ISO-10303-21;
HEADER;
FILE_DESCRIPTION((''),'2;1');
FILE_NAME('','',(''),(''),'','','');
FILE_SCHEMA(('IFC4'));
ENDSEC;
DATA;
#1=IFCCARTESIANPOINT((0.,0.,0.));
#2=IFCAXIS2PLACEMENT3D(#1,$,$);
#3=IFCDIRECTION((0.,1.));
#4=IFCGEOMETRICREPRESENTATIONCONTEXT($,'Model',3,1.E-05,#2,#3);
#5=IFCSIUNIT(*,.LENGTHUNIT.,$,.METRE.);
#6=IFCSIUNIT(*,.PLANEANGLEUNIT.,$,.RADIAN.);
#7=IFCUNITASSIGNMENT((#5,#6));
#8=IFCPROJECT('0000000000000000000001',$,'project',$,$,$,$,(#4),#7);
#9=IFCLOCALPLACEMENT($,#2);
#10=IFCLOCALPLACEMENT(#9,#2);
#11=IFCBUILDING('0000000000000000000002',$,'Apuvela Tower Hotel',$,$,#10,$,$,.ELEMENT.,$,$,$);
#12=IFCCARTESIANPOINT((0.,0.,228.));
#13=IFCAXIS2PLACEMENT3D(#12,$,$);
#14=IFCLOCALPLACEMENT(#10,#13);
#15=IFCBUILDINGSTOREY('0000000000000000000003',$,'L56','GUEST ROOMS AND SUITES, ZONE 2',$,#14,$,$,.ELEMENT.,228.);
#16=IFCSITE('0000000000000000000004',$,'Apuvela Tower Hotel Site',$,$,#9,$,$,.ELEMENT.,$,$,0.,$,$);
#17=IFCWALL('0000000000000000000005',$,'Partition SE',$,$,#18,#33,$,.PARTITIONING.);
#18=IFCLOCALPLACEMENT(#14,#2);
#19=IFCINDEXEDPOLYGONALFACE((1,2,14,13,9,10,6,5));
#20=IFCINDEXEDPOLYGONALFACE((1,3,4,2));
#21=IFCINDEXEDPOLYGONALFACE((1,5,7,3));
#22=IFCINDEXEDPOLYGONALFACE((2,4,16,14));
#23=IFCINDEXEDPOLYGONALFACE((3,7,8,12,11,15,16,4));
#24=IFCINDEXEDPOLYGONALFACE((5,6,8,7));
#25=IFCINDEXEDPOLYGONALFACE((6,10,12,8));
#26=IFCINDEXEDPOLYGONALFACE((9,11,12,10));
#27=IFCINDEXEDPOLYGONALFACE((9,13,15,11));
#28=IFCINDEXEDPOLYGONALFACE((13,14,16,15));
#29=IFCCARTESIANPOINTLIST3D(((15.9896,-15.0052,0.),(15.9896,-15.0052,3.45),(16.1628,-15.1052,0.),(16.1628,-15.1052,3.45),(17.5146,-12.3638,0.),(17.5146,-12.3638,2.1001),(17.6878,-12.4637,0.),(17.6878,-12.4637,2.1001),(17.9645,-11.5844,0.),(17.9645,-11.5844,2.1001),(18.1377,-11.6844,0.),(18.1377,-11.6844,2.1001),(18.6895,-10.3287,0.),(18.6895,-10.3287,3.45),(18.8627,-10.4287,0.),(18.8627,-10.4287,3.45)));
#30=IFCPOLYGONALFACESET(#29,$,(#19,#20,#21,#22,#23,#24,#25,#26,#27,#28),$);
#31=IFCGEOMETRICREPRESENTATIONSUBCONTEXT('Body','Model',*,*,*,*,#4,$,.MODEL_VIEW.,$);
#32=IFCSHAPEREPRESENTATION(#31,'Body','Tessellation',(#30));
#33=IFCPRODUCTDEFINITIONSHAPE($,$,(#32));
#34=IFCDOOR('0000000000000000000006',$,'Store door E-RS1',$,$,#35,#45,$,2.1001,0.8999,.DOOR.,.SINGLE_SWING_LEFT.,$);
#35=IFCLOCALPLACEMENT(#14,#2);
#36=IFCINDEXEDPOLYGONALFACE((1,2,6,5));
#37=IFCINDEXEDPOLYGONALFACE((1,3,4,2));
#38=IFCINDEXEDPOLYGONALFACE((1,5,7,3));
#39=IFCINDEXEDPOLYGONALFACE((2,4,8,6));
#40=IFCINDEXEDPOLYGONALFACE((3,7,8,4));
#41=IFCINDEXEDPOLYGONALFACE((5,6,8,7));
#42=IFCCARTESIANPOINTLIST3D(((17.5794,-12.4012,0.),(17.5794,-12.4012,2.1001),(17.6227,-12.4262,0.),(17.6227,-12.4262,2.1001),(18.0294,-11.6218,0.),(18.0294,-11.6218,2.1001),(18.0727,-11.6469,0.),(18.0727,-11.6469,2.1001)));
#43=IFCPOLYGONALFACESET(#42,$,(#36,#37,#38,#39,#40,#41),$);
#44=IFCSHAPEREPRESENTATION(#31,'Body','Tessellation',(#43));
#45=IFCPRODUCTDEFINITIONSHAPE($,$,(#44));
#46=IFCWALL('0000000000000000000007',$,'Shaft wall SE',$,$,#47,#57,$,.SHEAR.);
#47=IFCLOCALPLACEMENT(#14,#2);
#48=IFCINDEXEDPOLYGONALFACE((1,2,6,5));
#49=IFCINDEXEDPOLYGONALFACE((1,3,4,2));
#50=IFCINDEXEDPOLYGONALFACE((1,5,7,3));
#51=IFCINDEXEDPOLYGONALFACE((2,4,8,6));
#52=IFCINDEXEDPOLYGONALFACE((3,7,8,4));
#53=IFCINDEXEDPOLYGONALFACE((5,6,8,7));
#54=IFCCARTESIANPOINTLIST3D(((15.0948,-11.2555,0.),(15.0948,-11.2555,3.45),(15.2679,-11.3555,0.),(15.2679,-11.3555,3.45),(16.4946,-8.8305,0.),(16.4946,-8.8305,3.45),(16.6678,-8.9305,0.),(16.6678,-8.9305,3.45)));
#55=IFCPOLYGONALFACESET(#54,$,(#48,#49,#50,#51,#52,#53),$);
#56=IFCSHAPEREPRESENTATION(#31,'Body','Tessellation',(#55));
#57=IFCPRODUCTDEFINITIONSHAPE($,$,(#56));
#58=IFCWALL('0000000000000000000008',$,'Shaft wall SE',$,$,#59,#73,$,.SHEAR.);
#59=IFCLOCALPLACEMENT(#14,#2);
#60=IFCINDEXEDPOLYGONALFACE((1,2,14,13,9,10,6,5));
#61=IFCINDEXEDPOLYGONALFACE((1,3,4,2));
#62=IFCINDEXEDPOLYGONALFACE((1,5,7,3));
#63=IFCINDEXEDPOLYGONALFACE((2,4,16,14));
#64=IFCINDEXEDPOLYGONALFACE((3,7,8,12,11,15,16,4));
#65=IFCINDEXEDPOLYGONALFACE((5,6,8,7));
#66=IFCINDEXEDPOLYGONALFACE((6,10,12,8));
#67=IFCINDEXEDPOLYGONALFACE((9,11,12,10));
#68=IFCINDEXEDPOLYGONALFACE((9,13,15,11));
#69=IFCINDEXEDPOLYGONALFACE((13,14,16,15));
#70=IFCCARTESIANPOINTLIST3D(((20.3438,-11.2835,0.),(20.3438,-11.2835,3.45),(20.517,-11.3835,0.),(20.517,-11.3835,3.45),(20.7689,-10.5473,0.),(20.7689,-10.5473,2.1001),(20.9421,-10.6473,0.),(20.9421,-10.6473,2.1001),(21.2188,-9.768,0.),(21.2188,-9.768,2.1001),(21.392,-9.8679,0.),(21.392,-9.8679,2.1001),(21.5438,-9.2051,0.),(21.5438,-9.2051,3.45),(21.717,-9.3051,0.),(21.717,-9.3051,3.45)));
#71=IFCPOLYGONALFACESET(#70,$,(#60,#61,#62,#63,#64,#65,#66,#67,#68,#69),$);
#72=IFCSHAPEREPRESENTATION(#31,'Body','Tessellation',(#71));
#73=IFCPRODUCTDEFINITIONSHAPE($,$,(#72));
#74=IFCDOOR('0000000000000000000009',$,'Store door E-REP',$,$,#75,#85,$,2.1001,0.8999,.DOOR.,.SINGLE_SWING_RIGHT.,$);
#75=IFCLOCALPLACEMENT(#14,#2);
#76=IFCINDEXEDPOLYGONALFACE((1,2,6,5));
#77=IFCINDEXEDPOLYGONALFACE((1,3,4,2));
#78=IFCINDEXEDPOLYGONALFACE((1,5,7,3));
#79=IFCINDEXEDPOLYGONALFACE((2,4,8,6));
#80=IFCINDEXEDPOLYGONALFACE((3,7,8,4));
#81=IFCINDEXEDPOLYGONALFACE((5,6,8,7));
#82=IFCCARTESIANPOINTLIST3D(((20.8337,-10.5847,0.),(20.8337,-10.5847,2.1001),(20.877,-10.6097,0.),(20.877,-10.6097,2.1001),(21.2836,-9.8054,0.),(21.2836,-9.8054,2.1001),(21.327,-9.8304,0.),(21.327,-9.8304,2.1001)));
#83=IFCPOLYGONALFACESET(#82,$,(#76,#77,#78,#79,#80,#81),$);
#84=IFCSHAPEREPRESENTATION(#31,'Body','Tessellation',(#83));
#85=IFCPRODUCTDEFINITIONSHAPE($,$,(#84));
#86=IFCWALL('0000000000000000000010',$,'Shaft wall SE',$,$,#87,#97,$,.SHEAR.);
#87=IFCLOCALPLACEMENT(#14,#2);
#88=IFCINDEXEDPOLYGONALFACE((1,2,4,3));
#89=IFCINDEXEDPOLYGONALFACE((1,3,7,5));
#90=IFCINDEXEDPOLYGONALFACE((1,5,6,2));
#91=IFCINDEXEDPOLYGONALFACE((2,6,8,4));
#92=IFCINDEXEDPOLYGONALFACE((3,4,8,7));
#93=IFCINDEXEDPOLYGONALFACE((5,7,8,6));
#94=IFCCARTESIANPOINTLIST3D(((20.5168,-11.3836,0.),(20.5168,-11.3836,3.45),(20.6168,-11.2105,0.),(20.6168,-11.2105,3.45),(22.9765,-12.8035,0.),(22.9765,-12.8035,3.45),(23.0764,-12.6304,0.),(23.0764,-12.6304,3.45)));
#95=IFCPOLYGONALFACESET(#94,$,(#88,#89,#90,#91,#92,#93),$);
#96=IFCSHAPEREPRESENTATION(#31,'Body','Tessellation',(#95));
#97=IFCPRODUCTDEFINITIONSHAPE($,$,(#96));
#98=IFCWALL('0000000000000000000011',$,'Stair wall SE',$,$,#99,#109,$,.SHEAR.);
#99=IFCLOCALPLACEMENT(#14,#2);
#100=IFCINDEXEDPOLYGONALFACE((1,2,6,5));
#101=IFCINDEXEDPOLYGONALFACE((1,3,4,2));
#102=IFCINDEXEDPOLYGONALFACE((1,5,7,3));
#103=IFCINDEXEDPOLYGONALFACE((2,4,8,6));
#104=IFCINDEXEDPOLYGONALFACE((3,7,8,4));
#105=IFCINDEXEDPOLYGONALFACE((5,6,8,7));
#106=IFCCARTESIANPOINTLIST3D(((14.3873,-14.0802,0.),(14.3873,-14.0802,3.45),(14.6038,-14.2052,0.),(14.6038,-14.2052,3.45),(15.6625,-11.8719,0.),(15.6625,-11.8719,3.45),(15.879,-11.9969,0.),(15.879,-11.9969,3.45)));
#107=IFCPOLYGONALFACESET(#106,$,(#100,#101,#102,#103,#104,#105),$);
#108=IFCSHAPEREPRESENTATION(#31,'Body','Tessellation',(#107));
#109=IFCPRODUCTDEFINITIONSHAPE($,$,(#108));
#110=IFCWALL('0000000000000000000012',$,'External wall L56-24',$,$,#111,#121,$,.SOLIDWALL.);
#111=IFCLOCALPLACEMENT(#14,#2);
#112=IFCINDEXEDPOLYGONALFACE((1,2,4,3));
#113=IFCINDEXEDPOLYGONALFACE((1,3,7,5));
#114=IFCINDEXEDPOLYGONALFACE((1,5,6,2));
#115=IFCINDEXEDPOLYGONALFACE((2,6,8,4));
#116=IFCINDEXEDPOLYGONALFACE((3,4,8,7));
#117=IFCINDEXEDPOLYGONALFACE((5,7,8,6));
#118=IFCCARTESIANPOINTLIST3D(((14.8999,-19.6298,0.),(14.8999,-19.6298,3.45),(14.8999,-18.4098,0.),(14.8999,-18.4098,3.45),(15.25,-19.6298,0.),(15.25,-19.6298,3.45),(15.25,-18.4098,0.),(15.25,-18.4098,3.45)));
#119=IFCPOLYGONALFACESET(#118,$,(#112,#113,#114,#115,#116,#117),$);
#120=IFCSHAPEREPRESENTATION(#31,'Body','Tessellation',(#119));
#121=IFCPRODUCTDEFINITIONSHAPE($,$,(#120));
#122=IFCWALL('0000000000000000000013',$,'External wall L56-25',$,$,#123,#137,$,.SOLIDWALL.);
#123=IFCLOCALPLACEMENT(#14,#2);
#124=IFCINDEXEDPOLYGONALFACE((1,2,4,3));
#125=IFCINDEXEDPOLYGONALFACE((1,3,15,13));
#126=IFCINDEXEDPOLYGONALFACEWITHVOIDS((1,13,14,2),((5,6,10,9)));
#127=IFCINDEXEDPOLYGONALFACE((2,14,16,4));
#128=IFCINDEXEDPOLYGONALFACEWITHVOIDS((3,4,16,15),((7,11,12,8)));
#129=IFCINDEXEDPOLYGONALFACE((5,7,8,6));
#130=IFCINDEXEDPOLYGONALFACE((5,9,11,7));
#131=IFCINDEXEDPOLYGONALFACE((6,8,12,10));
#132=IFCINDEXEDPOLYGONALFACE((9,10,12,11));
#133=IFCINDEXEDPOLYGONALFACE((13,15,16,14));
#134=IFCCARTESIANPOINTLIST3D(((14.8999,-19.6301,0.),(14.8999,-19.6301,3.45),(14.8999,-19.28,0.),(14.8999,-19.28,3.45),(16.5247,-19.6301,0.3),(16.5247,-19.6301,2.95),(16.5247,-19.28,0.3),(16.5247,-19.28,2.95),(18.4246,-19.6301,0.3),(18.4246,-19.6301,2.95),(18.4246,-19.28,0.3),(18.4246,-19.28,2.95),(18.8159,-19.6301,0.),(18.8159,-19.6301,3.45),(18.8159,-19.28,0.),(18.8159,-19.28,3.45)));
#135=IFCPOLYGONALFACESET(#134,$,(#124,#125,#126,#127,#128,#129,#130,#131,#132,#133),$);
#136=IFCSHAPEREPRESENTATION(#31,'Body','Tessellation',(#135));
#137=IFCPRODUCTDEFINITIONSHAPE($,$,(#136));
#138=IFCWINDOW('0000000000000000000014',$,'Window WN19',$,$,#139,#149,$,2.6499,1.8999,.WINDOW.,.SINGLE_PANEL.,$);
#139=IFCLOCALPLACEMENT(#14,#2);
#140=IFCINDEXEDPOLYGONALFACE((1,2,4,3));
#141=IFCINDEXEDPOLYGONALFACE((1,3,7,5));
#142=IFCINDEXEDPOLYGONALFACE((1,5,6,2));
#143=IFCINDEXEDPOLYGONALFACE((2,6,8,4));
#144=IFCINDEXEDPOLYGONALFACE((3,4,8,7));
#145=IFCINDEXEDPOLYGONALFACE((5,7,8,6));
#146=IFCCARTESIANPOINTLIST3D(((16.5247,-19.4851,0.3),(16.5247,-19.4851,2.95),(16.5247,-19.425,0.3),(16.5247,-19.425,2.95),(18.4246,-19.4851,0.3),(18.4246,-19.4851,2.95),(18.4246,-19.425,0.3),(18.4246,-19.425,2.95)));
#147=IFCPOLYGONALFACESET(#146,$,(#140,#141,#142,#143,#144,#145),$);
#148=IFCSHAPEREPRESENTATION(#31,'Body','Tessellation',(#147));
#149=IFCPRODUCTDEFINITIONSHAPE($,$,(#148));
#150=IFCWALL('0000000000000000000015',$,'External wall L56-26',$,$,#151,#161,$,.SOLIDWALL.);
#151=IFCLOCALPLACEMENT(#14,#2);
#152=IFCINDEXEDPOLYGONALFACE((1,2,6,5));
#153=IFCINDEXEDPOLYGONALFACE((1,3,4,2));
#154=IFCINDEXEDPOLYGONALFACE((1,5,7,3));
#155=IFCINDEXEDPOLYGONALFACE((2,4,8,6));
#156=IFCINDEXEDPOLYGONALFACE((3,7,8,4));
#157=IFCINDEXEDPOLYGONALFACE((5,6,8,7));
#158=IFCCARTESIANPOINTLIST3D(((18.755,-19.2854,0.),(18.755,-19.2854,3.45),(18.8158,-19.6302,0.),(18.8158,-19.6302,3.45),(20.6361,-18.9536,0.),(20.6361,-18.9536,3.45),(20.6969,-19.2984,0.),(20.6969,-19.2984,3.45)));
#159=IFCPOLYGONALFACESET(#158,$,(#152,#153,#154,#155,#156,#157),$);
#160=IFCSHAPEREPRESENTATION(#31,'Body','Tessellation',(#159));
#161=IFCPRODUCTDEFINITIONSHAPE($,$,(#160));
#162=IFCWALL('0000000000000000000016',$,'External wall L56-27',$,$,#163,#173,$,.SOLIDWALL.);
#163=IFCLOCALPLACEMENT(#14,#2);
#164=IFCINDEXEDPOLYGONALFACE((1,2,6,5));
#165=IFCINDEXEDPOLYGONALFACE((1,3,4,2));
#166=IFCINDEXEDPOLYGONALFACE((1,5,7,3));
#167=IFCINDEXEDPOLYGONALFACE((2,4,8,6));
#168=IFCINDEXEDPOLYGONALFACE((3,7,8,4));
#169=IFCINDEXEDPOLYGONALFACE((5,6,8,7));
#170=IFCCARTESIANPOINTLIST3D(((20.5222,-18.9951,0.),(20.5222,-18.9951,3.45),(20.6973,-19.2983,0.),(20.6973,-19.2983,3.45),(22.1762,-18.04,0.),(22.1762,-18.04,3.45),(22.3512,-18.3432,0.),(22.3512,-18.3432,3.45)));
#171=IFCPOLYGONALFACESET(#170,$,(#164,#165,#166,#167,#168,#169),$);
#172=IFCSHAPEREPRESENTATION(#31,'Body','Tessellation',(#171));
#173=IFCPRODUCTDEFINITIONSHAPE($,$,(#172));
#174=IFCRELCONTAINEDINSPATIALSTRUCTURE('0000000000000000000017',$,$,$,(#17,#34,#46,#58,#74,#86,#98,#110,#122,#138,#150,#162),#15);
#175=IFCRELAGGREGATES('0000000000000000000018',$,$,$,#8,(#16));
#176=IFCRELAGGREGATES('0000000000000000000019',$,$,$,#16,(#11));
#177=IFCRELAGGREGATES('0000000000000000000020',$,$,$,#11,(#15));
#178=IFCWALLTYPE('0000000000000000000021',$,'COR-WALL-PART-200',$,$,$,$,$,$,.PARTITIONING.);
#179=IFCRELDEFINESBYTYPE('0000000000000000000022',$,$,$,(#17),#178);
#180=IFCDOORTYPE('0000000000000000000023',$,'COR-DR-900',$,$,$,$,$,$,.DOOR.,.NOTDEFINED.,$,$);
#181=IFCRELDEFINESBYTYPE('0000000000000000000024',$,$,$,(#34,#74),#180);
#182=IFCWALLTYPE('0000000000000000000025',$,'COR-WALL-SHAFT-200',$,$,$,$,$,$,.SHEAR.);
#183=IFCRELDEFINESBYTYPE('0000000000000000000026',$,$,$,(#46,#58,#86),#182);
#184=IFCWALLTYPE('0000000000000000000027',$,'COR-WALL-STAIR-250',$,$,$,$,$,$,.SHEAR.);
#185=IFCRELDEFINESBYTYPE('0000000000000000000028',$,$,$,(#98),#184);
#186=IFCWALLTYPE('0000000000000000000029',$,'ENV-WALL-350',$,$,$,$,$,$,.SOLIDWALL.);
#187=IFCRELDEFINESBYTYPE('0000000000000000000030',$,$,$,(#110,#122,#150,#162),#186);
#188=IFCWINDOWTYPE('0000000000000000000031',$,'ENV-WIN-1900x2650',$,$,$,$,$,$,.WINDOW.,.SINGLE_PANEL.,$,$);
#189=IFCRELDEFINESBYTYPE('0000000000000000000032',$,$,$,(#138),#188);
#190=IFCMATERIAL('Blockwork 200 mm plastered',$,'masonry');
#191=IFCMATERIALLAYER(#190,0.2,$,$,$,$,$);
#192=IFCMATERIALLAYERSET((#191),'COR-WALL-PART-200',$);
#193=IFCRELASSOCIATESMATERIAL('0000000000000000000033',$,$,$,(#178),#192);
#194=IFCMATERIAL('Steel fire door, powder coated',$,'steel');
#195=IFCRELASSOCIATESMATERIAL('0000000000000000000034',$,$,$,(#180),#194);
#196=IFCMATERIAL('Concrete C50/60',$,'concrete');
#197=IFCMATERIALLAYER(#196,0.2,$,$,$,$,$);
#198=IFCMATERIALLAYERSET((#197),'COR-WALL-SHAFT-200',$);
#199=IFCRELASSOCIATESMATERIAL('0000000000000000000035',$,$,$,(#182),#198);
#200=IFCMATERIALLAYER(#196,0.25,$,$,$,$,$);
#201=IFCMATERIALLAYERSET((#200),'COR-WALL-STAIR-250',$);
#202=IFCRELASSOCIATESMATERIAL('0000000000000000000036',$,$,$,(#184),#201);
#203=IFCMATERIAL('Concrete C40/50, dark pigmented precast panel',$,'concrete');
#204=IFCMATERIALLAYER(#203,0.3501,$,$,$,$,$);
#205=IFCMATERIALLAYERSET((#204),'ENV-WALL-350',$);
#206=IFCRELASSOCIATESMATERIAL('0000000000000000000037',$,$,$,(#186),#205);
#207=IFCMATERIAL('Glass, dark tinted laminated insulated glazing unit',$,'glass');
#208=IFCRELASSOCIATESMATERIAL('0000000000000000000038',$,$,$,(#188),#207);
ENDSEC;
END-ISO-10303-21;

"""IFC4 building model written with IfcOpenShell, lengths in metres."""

from ifc_helpers import new_model, si_unit, direction, frame, frame_2d, origin, place, context, subcontext, project, spatial, rectangle, extrude, material, layer, layer_set, type_object, element, fill, save


model = new_model("IFC4")

# Units and contexts
model_context = context("Model", 3, precision=1e-05, world=origin(), true_north=direction((0.0, 1.0)))
body_context = subcontext(model_context, "Body", "Model", "MODEL_VIEW")
ifc_project = project(units=[si_unit("LENGTHUNIT", "METRE"), si_unit("PLANEANGLEUNIT", "RADIAN")], contexts=[model_context])

# Site, building, storey
site_placement = place(None, origin())
site = spatial("IfcSite", under=ifc_project, at=site_placement, Name="Apuvela Tower Hotel Site", CompositionType="ELEMENT", RefElevation=0.0)
building_placement = place(site_placement, origin())
building = spatial("IfcBuilding", under=site, at=building_placement, Name="Apuvela Tower Hotel", CompositionType="ELEMENT")
storey_placement = place(building_placement, frame((0.0, 0.0, 228.0)))
storey = spatial("IfcBuildingStorey", under=building, at=storey_placement, Name="L56", Description="GUEST ROOMS AND SUITES, ZONE 2", CompositionType="ELEMENT", Elevation=228.0)

# Wall, opening, door
ifc_material_1 = material(Name="Blockwork 200 mm plastered", Category="masonry")
ifc_layer_1 = layer(ifc_material_1, 0.2)
ifc_layer_set_1 = layer_set([ifc_layer_1], Name="COR-WALL-PART-200")
wall_type_1 = type_object("IfcWallType", Name="COR-WALL-PART-200", PredefinedType="PARTITIONING", material=ifc_layer_set_1)
wall_1_placement = place(storey_placement, frame((16.0762, -15.0552, 0.0), z_axis=(0.0, 0.0, 1.0), x_axis=(0.499995, 0.866028, 0.0)))
wall_1 = element("IfcWall", 1, at=wall_1_placement, inside=storey, type_object=wall_type_1, Name="Partition SE", PredefinedType="PARTITIONING", context=body_context, shape_type="SweptSolid", body=[
    extrude(rectangle(XDim=5.3999, YDim=0.2, at=frame_2d((2.7, 0.0))), origin(), (0.0, 0.0, 1.0), 3.45),
])
opening_1_placement = place(wall_1_placement, frame((3.05, 0.0, 0.0)))
opening_1 = element("IfcOpeningElement", 2, at=opening_1_placement, cuts=wall_1, PredefinedType="OPENING", context=body_context, shape_type="SweptSolid", body=[
    extrude(rectangle(XDim=0.8999, YDim=2.1001, at=frame_2d((0.45, 1.05))), frame((0.0, 0.1099, 0.0), z_axis=(0.0, -1.0, 0.0), x_axis=(1.0, 0.0, 0.0)), (0.0, 0.0, 1.0), 0.22),
])
ifc_material_2 = material(Name="Steel fire door, powder coated", Category="steel")
door_type_1 = type_object("IfcDoorType", Name="COR-DR-900", OperationType="NOTDEFINED", PredefinedType="DOOR", material=ifc_material_2)
door_1_placement = place(opening_1_placement, frame((0.8999, 0.0, 0.0), z_axis=(0.0, 0.0, 1.0), x_axis=(-1.0, 0.0, 0.0)))
door_1 = element("IfcDoor", 3, at=door_1_placement, inside=storey, type_object=door_type_1, Name="Store door E-RS1", OperationType="SINGLE_SWING_LEFT", OverallHeight=2.1001, OverallWidth=0.8999, PredefinedType="DOOR", context=body_context, shape_type="SweptSolid", body=[
    extrude(rectangle(XDim=0.8999, YDim=2.1001, at=frame_2d((0.45, 1.05))), frame((0.0, 0.0249, 0.0), z_axis=(0.0, -1.0, 0.0), x_axis=(1.0, 0.0, 0.0)), (0.0, 0.0, 1.0), 0.05),
])
fill(opening_1, door_1)

# Wall
ifc_material_3 = material(Name="Concrete C50/60", Category="concrete")
ifc_layer_2 = layer(ifc_material_3, 0.2)
ifc_layer_set_2 = layer_set([ifc_layer_2], Name="COR-WALL-SHAFT-200")
wall_type_2 = type_object("IfcWallType", Name="COR-WALL-SHAFT-200", PredefinedType="SHEAR", material=ifc_layer_set_2)
wall_2_placement = place(storey_placement, frame((15.1814, -11.3054, 0.0), z_axis=(0.0, 0.0, 1.0), x_axis=(0.499946, 0.866056, 0.0)))
element("IfcWall", 4, at=wall_2_placement, inside=storey, type_object=wall_type_2, Name="Shaft wall SE", PredefinedType="SHEAR", context=body_context, shape_type="SweptSolid", body=[
    extrude(rectangle(XDim=2.8, YDim=0.2, at=frame_2d((1.3999, 0.0))), origin(), (0.0, 0.0, 1.0), 3.45),
])

# Wall, opening, door
wall_3_placement = place(storey_placement, frame((20.4304, -11.3335, 0.0), z_axis=(0.0, 0.0, 1.0), x_axis=(0.500001, 0.866025, 0.0)))
wall_3 = element("IfcWall", 5, at=wall_3_placement, inside=storey, type_object=wall_type_2, Name="Shaft wall SE", PredefinedType="SHEAR", context=body_context, shape_type="SweptSolid", body=[
    extrude(rectangle(XDim=2.3999, YDim=0.2, at=frame_2d((1.2, 0.0))), origin(), (0.0, 0.0, 1.0), 3.45),
])
opening_2_placement = place(wall_3_placement, frame((0.8501, 0.0, 0.0)))
opening_2 = element("IfcOpeningElement", 6, at=opening_2_placement, cuts=wall_3, PredefinedType="OPENING", context=body_context, shape_type="SweptSolid", body=[
    extrude(rectangle(XDim=0.8999, YDim=2.1001, at=frame_2d((0.45, 1.05))), frame((0.0, 0.1099, 0.0), z_axis=(0.0, -1.0, 0.0), x_axis=(1.0, 0.0, 0.0)), (0.0, 0.0, 1.0), 0.22),
])
door_2_placement = place(opening_2_placement, frame((0.8999, 0.0, 0.0), z_axis=(0.0, 0.0, 1.0), x_axis=(-1.0, 0.0, 0.0)))
door_2 = element("IfcDoor", 7, at=door_2_placement, inside=storey, type_object=door_type_1, Name="Store door E-REP", OperationType="SINGLE_SWING_RIGHT", OverallHeight=2.1001, OverallWidth=0.8999, PredefinedType="DOOR", context=body_context, shape_type="SweptSolid", body=[
    extrude(rectangle(XDim=0.8999, YDim=2.1001, at=frame_2d((0.45, 1.05))), frame((0.0, 0.0249, 0.0), z_axis=(0.0, -1.0, 0.0), x_axis=(1.0, 0.0, 0.0)), (0.0, 0.0, 1.0), 0.05),
])
fill(opening_2, door_2)

# Walls
wall_4_placement = place(storey_placement, frame((20.5669, -11.2971, 0.0), z_axis=(0.0, 0.0, 1.0), x_axis=(0.866055, -0.499948, 0.0)))
element("IfcWall", 8, at=wall_4_placement, inside=storey, type_object=wall_type_2, Name="Shaft wall SE", PredefinedType="SHEAR", context=body_context, shape_type="SweptSolid", body=[
    extrude(rectangle(XDim=2.8401, YDim=0.2, at=frame_2d((1.4199, 0.0))), origin(), (0.0, 0.0, 1.0), 3.45),
])
ifc_layer_3 = layer(ifc_material_3, 0.25)
ifc_layer_set_3 = layer_set([ifc_layer_3], Name="COR-WALL-STAIR-250")
wall_type_3 = type_object("IfcWallType", Name="COR-WALL-STAIR-250", PredefinedType="SHEAR", material=ifc_layer_set_3)
wall_5_placement = place(storey_placement, frame((14.4956, -14.1426, 0.0), z_axis=(0.0, 0.0, 1.0), x_axis=(0.500062, 0.865989, 0.0)))
element("IfcWall", 9, at=wall_5_placement, inside=storey, type_object=wall_type_3, Name="Stair wall SE", PredefinedType="SHEAR", context=body_context, shape_type="SweptSolid", body=[
    extrude(rectangle(XDim=2.55, YDim=0.25, at=frame_2d((1.2749, 0.0))), origin(), (0.0, 0.0, 1.0), 3.45),
])
ifc_material_4 = material(Name="Concrete C40/50, dark pigmented precast panel", Category="concrete")
ifc_layer_4 = layer(ifc_material_4, 0.3501)
ifc_layer_set_4 = layer_set([ifc_layer_4], Name="ENV-WALL-350")
wall_type_4 = type_object("IfcWallType", Name="ENV-WALL-350", PredefinedType="SOLIDWALL", material=ifc_layer_set_4)
wall_6_placement = place(storey_placement, frame((15.075, -18.4099, 0.0), z_axis=(0.0, 0.0, 1.0), x_axis=(0.0, -1.0, 0.0)))
element("IfcWall", 10, at=wall_6_placement, inside=storey, type_object=wall_type_4, Name="External wall L56-24", PredefinedType="SOLIDWALL", context=body_context, shape_type="SweptSolid", body=[
    extrude(rectangle(XDim=1.22, YDim=0.3501, at=frame_2d((0.6099, 0.0))), origin(), (0.0, 0.0, 1.0), 3.45),
])

# Wall, opening, window
wall_7_placement = place(storey_placement, frame((14.8999, -19.4551, 0.0), z_axis=(0.0, 0.0, 1.0), x_axis=(1.0, 0.0, 0.0)))
wall_7 = element("IfcWall", 11, at=wall_7_placement, inside=storey, type_object=wall_type_4, Name="External wall L56-25", PredefinedType="SOLIDWALL", context=body_context, shape_type="SweptSolid", body=[
    extrude(rectangle(XDim=3.916, YDim=0.3501, at=frame_2d((1.958, 0.0))), origin(), (0.0, 0.0, 1.0), 3.45),
])
opening_3_placement = place(wall_7_placement, frame((1.6248, 0.0, 0.3)))
opening_3 = element("IfcOpeningElement", 12, at=opening_3_placement, cuts=wall_7, PredefinedType="OPENING", context=body_context, shape_type="SweptSolid", body=[
    extrude(rectangle(XDim=1.8999, YDim=2.6499, at=frame_2d((0.95, 1.325))), frame((0.0, 0.1851, 0.0), z_axis=(0.0, -1.0, 0.0), x_axis=(1.0, 0.0, 0.0)), (0.0, 0.0, 1.0), 0.3701),
])
ifc_material_5 = material(Name="Glass, dark tinted laminated insulated glazing unit", Category="glass")
window_type = type_object("IfcWindowType", Name="ENV-WIN-1900x2650", PartitioningType="SINGLE_PANEL", PredefinedType="WINDOW", material=ifc_material_5)
window_placement = place(opening_3_placement, origin())
window = element("IfcWindow", 13, at=window_placement, inside=storey, type_object=window_type, Name="Window WN19", OverallHeight=2.6499, OverallWidth=1.8999, PartitioningType="SINGLE_PANEL", PredefinedType="WINDOW", context=body_context, shape_type="SweptSolid", body=[
    extrude(rectangle(XDim=1.8999, YDim=2.6499, at=frame_2d((0.95, 1.325))), frame((0.0, 0.03, 0.0), z_axis=(0.0, -1.0, 0.0), x_axis=(1.0, 0.0, 0.0)), (0.0, 0.0, 1.0), 0.0601),
])
fill(opening_3, window)

# Walls
wall_8_placement = place(storey_placement, frame((18.7854, -19.4578, 0.0), z_axis=(0.0, 0.0, 1.0), x_axis=(0.984799, 0.173698, 0.0)))
element("IfcWall", 14, at=wall_8_placement, inside=storey, type_object=wall_type_4, Name="External wall L56-26", PredefinedType="SOLIDWALL", context=body_context, shape_type="SweptSolid", body=[
    extrude(rectangle(XDim=1.9102, YDim=0.3501, at=frame_2d((0.9551, 0.0))), origin(), (0.0, 0.0, 1.0), 3.45),
])
for number, where, z_axis, x_axis, name in (
    (15, (20.6096, -19.1467, 0.0), (0.0, 0.0, 1.0), (0.866, 0.500043, 0.0), "External wall L56-27"),
):
    element("IfcWall", number, at=place(storey_placement, frame(where, z_axis=z_axis, x_axis=x_axis)), inside=storey, type_object=wall_type_4, Name=name, PredefinedType="SOLIDWALL", context=body_context, shape_type="SweptSolid", body=[
        extrude(rectangle(XDim=1.9099, YDim=0.3501, at=frame_2d((0.9551, 0.0))), origin(), (0.0, 0.0, 1.0), 3.45),
    ])

save(model, "model.ifc")
